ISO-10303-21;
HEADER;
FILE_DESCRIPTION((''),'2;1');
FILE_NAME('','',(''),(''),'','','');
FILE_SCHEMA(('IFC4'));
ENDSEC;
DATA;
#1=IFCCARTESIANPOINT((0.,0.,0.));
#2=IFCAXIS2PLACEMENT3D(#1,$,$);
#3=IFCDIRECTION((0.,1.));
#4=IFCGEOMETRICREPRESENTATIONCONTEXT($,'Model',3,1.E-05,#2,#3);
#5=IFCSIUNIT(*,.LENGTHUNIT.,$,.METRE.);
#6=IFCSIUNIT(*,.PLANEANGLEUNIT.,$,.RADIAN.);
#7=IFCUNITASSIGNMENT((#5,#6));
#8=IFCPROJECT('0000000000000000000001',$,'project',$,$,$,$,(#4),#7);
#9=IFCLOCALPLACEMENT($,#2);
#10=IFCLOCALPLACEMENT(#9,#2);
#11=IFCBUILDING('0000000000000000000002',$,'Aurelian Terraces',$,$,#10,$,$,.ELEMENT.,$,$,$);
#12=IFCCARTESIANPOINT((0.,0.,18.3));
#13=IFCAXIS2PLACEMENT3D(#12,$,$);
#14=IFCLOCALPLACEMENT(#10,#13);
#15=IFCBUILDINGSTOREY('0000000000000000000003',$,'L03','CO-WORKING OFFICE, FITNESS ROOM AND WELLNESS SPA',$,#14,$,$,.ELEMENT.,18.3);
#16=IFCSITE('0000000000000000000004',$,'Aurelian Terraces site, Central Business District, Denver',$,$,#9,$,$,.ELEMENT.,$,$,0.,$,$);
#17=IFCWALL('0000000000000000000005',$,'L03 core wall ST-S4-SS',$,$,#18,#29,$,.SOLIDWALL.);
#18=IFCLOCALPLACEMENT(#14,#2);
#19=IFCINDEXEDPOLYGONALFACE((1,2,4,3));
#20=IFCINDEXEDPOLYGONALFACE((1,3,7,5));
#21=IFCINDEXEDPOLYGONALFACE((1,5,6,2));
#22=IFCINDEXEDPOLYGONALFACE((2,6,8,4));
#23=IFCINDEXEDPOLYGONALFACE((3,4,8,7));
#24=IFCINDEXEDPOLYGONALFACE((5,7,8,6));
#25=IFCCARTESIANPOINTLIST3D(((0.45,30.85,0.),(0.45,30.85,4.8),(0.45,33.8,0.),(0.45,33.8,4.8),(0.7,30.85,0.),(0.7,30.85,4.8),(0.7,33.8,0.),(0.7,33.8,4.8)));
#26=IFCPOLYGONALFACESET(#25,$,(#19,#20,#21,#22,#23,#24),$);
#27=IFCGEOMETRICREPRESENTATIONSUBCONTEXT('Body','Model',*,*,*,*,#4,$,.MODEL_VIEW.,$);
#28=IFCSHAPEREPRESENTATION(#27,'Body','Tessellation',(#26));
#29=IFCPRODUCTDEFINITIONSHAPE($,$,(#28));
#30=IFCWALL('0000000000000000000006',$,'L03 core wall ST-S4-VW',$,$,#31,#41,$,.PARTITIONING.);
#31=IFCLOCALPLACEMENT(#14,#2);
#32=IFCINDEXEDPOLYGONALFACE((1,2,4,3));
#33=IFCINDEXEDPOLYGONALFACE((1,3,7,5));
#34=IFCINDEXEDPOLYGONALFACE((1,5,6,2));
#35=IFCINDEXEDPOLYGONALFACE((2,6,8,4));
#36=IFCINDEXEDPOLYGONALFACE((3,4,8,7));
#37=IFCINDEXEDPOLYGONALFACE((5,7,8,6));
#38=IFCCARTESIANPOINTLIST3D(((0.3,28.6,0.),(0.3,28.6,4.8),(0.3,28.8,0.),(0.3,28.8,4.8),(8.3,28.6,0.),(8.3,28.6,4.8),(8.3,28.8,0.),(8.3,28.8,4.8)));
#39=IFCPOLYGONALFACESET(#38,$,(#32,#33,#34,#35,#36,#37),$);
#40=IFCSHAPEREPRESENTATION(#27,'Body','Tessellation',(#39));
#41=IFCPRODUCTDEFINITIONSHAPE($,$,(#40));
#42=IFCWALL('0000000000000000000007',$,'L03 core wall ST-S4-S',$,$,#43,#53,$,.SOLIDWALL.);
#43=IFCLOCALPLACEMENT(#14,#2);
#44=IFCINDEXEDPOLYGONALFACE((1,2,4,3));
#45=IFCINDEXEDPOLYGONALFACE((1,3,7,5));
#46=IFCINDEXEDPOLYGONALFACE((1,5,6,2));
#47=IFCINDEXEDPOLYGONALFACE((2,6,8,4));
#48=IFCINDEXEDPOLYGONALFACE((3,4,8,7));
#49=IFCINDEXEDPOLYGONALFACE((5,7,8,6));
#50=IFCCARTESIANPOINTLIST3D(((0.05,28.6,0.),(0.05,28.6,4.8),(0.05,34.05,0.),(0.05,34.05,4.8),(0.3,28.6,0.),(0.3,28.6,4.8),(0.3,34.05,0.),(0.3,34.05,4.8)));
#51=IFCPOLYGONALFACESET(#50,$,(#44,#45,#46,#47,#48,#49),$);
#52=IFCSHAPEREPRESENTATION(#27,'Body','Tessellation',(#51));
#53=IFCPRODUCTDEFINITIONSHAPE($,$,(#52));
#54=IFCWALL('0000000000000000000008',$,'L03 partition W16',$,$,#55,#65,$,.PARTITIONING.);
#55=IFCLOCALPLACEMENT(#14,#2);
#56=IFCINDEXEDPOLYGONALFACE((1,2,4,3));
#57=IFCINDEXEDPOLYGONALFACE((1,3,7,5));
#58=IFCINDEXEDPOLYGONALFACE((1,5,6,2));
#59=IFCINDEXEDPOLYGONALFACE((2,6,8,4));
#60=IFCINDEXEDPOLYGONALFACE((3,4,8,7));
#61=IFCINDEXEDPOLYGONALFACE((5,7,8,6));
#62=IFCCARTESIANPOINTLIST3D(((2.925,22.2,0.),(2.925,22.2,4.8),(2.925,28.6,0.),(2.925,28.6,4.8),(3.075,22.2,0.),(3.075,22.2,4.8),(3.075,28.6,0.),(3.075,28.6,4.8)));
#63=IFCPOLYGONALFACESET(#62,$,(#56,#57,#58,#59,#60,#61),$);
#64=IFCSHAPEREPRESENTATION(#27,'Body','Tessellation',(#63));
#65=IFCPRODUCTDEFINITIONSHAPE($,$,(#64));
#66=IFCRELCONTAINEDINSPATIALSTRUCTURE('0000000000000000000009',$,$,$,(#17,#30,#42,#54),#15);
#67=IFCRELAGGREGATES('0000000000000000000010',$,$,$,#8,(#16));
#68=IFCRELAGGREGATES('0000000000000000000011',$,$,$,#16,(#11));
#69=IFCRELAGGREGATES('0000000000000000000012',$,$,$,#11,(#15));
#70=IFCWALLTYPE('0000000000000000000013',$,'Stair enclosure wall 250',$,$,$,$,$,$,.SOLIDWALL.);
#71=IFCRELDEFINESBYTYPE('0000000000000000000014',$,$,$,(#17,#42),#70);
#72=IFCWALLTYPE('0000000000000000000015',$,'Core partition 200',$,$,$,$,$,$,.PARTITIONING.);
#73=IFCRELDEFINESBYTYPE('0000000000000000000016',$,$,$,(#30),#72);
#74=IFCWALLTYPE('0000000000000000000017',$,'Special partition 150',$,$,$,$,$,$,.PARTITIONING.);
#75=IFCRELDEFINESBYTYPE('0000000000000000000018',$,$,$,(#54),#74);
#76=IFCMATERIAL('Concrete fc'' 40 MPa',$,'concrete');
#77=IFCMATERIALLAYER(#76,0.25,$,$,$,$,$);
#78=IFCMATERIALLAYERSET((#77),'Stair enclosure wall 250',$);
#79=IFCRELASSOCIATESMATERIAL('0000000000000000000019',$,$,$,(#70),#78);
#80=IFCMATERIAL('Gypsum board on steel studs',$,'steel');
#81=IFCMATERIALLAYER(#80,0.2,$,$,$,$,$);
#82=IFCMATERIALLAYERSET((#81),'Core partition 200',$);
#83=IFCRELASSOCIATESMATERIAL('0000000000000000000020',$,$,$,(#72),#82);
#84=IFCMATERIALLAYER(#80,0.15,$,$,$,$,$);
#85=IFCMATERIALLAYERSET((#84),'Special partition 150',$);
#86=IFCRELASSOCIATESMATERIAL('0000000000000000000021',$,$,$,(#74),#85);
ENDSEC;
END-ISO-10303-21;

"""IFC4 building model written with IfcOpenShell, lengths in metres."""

from ifc_helpers import new_model, si_unit, direction, frame, frame_2d, origin, place, context, subcontext, project, spatial, rectangle, extrude, source, transform, mapped, material, layer, layer_set, type_object, element, save


model = new_model("IFC4")

# Units and contexts
model_context = context("Model", 3, precision=1e-05, world=origin(), true_north=direction((0.0, 1.0)))
body_context = subcontext(model_context, "Body", "Model", "MODEL_VIEW")
ifc_project = project(units=[si_unit("LENGTHUNIT", "METRE"), si_unit("PLANEANGLEUNIT", "RADIAN")], contexts=[model_context])

# Site, building, storey
site_placement = place(None, origin())
site = spatial("IfcSite", under=ifc_project, at=site_placement, Name="Aurelian Terraces site, Central Business District, Denver", CompositionType="ELEMENT", RefElevation=0.0)
building_placement = place(site_placement, origin())
building = spatial("IfcBuilding", under=site, at=building_placement, Name="Aurelian Terraces", CompositionType="ELEMENT")
storey_placement = place(building_placement, frame((0.0, 0.0, 18.3)))
storey = spatial("IfcBuildingStorey", under=building, at=storey_placement, Name="L03", Description="CO-WORKING OFFICE, FITNESS ROOM AND WELLNESS SPA", CompositionType="ELEMENT", Elevation=18.3)

# Shared definitions
ifc_material_1 = material(Name="Concrete fc' 40 MPa", Category="concrete")
ifc_layer_1 = layer(ifc_material_1, 0.25)
ifc_layer_set_1 = layer_set([ifc_layer_1], Name="Stair enclosure wall 250")
wall_type_1 = type_object("IfcWallType", Name="Stair enclosure wall 250", PredefinedType="SOLIDWALL", material=ifc_layer_set_1)

# Walls
shared_shape_1 = source(origin(), body_context, "Body", "SweptSolid", [
    extrude(rectangle(XDim=2.95, YDim=0.25, at=frame_2d((1.475, 0.0))), origin(), (0.0, 0.0, 1.0), 4.8),
])
wall_1_placement = place(storey_placement, frame((0.575, 30.85, 0.0), z_axis=(0.0, 0.0, 1.0), x_axis=(0.0, 1.0, 0.0)))
element("IfcWall", 1, at=wall_1_placement, inside=storey, type_object=wall_type_1, Name="L03 core wall ST-S4-SS", PredefinedType="SOLIDWALL", context=body_context, shape_type="MappedRepresentation", body=[
    mapped(shared_shape_1, transform((0.0, 0.0, 0.0), scale=1.0)),
])
ifc_material_2 = material(Name="Gypsum board on steel studs", Category="steel")
ifc_layer_2 = layer(ifc_material_2, 0.2)
ifc_layer_set_2 = layer_set([ifc_layer_2], Name="Core partition 200")
wall_type_2 = type_object("IfcWallType", Name="Core partition 200", PredefinedType="PARTITIONING", material=ifc_layer_set_2)
shared_shape_2 = source(origin(), body_context, "Body", "SweptSolid", [
    extrude(rectangle(XDim=8.0, YDim=0.2, at=frame_2d((4.0, 0.0))), origin(), (0.0, 0.0, 1.0), 4.8),
])
wall_2_placement = place(storey_placement, frame((0.3, 28.7, 0.0), z_axis=(0.0, 0.0, 1.0), x_axis=(1.0, 0.0, 0.0)))
element("IfcWall", 2, at=wall_2_placement, inside=storey, type_object=wall_type_2, Name="L03 core wall ST-S4-VW", PredefinedType="PARTITIONING", context=body_context, shape_type="MappedRepresentation", body=[
    mapped(shared_shape_2, transform((0.0, 0.0, 0.0), scale=1.0)),
])
shared_shape_3 = source(origin(), body_context, "Body", "SweptSolid", [
    extrude(rectangle(XDim=5.45, YDim=0.25, at=frame_2d((2.725, 0.0))), origin(), (0.0, 0.0, 1.0), 4.8),
])
wall_3_placement = place(storey_placement, frame((0.175, 28.6, 0.0), z_axis=(0.0, 0.0, 1.0), x_axis=(0.0, 1.0, 0.0)))
element("IfcWall", 3, at=wall_3_placement, inside=storey, type_object=wall_type_1, Name="L03 core wall ST-S4-S", PredefinedType="SOLIDWALL", context=body_context, shape_type="MappedRepresentation", body=[
    mapped(shared_shape_3, transform((0.0, 0.0, 0.0), scale=1.0)),
])
ifc_layer_3 = layer(ifc_material_2, 0.15)
ifc_layer_set_3 = layer_set([ifc_layer_3], Name="Special partition 150")
wall_type_3 = type_object("IfcWallType", Name="Special partition 150", PredefinedType="PARTITIONING", material=ifc_layer_set_3)
shared_shape_4 = source(origin(), body_context, "Body", "SweptSolid", [
    extrude(rectangle(XDim=6.4, YDim=0.15, at=frame_2d((3.2, 0.0))), origin(), (0.0, 0.0, 1.0), 4.8),
])
wall_4_placement = place(storey_placement, frame((3.0, 22.2, 0.0), z_axis=(0.0, 0.0, 1.0), x_axis=(0.0, 1.0, 0.0)))
element("IfcWall", 4, at=wall_4_placement, inside=storey, type_object=wall_type_3, Name="L03 partition W16", PredefinedType="PARTITIONING", context=body_context, shape_type="MappedRepresentation", body=[
    mapped(shared_shape_4, transform((0.0, 0.0, 0.0), scale=1.0)),
])

save(model, "model.ifc")
